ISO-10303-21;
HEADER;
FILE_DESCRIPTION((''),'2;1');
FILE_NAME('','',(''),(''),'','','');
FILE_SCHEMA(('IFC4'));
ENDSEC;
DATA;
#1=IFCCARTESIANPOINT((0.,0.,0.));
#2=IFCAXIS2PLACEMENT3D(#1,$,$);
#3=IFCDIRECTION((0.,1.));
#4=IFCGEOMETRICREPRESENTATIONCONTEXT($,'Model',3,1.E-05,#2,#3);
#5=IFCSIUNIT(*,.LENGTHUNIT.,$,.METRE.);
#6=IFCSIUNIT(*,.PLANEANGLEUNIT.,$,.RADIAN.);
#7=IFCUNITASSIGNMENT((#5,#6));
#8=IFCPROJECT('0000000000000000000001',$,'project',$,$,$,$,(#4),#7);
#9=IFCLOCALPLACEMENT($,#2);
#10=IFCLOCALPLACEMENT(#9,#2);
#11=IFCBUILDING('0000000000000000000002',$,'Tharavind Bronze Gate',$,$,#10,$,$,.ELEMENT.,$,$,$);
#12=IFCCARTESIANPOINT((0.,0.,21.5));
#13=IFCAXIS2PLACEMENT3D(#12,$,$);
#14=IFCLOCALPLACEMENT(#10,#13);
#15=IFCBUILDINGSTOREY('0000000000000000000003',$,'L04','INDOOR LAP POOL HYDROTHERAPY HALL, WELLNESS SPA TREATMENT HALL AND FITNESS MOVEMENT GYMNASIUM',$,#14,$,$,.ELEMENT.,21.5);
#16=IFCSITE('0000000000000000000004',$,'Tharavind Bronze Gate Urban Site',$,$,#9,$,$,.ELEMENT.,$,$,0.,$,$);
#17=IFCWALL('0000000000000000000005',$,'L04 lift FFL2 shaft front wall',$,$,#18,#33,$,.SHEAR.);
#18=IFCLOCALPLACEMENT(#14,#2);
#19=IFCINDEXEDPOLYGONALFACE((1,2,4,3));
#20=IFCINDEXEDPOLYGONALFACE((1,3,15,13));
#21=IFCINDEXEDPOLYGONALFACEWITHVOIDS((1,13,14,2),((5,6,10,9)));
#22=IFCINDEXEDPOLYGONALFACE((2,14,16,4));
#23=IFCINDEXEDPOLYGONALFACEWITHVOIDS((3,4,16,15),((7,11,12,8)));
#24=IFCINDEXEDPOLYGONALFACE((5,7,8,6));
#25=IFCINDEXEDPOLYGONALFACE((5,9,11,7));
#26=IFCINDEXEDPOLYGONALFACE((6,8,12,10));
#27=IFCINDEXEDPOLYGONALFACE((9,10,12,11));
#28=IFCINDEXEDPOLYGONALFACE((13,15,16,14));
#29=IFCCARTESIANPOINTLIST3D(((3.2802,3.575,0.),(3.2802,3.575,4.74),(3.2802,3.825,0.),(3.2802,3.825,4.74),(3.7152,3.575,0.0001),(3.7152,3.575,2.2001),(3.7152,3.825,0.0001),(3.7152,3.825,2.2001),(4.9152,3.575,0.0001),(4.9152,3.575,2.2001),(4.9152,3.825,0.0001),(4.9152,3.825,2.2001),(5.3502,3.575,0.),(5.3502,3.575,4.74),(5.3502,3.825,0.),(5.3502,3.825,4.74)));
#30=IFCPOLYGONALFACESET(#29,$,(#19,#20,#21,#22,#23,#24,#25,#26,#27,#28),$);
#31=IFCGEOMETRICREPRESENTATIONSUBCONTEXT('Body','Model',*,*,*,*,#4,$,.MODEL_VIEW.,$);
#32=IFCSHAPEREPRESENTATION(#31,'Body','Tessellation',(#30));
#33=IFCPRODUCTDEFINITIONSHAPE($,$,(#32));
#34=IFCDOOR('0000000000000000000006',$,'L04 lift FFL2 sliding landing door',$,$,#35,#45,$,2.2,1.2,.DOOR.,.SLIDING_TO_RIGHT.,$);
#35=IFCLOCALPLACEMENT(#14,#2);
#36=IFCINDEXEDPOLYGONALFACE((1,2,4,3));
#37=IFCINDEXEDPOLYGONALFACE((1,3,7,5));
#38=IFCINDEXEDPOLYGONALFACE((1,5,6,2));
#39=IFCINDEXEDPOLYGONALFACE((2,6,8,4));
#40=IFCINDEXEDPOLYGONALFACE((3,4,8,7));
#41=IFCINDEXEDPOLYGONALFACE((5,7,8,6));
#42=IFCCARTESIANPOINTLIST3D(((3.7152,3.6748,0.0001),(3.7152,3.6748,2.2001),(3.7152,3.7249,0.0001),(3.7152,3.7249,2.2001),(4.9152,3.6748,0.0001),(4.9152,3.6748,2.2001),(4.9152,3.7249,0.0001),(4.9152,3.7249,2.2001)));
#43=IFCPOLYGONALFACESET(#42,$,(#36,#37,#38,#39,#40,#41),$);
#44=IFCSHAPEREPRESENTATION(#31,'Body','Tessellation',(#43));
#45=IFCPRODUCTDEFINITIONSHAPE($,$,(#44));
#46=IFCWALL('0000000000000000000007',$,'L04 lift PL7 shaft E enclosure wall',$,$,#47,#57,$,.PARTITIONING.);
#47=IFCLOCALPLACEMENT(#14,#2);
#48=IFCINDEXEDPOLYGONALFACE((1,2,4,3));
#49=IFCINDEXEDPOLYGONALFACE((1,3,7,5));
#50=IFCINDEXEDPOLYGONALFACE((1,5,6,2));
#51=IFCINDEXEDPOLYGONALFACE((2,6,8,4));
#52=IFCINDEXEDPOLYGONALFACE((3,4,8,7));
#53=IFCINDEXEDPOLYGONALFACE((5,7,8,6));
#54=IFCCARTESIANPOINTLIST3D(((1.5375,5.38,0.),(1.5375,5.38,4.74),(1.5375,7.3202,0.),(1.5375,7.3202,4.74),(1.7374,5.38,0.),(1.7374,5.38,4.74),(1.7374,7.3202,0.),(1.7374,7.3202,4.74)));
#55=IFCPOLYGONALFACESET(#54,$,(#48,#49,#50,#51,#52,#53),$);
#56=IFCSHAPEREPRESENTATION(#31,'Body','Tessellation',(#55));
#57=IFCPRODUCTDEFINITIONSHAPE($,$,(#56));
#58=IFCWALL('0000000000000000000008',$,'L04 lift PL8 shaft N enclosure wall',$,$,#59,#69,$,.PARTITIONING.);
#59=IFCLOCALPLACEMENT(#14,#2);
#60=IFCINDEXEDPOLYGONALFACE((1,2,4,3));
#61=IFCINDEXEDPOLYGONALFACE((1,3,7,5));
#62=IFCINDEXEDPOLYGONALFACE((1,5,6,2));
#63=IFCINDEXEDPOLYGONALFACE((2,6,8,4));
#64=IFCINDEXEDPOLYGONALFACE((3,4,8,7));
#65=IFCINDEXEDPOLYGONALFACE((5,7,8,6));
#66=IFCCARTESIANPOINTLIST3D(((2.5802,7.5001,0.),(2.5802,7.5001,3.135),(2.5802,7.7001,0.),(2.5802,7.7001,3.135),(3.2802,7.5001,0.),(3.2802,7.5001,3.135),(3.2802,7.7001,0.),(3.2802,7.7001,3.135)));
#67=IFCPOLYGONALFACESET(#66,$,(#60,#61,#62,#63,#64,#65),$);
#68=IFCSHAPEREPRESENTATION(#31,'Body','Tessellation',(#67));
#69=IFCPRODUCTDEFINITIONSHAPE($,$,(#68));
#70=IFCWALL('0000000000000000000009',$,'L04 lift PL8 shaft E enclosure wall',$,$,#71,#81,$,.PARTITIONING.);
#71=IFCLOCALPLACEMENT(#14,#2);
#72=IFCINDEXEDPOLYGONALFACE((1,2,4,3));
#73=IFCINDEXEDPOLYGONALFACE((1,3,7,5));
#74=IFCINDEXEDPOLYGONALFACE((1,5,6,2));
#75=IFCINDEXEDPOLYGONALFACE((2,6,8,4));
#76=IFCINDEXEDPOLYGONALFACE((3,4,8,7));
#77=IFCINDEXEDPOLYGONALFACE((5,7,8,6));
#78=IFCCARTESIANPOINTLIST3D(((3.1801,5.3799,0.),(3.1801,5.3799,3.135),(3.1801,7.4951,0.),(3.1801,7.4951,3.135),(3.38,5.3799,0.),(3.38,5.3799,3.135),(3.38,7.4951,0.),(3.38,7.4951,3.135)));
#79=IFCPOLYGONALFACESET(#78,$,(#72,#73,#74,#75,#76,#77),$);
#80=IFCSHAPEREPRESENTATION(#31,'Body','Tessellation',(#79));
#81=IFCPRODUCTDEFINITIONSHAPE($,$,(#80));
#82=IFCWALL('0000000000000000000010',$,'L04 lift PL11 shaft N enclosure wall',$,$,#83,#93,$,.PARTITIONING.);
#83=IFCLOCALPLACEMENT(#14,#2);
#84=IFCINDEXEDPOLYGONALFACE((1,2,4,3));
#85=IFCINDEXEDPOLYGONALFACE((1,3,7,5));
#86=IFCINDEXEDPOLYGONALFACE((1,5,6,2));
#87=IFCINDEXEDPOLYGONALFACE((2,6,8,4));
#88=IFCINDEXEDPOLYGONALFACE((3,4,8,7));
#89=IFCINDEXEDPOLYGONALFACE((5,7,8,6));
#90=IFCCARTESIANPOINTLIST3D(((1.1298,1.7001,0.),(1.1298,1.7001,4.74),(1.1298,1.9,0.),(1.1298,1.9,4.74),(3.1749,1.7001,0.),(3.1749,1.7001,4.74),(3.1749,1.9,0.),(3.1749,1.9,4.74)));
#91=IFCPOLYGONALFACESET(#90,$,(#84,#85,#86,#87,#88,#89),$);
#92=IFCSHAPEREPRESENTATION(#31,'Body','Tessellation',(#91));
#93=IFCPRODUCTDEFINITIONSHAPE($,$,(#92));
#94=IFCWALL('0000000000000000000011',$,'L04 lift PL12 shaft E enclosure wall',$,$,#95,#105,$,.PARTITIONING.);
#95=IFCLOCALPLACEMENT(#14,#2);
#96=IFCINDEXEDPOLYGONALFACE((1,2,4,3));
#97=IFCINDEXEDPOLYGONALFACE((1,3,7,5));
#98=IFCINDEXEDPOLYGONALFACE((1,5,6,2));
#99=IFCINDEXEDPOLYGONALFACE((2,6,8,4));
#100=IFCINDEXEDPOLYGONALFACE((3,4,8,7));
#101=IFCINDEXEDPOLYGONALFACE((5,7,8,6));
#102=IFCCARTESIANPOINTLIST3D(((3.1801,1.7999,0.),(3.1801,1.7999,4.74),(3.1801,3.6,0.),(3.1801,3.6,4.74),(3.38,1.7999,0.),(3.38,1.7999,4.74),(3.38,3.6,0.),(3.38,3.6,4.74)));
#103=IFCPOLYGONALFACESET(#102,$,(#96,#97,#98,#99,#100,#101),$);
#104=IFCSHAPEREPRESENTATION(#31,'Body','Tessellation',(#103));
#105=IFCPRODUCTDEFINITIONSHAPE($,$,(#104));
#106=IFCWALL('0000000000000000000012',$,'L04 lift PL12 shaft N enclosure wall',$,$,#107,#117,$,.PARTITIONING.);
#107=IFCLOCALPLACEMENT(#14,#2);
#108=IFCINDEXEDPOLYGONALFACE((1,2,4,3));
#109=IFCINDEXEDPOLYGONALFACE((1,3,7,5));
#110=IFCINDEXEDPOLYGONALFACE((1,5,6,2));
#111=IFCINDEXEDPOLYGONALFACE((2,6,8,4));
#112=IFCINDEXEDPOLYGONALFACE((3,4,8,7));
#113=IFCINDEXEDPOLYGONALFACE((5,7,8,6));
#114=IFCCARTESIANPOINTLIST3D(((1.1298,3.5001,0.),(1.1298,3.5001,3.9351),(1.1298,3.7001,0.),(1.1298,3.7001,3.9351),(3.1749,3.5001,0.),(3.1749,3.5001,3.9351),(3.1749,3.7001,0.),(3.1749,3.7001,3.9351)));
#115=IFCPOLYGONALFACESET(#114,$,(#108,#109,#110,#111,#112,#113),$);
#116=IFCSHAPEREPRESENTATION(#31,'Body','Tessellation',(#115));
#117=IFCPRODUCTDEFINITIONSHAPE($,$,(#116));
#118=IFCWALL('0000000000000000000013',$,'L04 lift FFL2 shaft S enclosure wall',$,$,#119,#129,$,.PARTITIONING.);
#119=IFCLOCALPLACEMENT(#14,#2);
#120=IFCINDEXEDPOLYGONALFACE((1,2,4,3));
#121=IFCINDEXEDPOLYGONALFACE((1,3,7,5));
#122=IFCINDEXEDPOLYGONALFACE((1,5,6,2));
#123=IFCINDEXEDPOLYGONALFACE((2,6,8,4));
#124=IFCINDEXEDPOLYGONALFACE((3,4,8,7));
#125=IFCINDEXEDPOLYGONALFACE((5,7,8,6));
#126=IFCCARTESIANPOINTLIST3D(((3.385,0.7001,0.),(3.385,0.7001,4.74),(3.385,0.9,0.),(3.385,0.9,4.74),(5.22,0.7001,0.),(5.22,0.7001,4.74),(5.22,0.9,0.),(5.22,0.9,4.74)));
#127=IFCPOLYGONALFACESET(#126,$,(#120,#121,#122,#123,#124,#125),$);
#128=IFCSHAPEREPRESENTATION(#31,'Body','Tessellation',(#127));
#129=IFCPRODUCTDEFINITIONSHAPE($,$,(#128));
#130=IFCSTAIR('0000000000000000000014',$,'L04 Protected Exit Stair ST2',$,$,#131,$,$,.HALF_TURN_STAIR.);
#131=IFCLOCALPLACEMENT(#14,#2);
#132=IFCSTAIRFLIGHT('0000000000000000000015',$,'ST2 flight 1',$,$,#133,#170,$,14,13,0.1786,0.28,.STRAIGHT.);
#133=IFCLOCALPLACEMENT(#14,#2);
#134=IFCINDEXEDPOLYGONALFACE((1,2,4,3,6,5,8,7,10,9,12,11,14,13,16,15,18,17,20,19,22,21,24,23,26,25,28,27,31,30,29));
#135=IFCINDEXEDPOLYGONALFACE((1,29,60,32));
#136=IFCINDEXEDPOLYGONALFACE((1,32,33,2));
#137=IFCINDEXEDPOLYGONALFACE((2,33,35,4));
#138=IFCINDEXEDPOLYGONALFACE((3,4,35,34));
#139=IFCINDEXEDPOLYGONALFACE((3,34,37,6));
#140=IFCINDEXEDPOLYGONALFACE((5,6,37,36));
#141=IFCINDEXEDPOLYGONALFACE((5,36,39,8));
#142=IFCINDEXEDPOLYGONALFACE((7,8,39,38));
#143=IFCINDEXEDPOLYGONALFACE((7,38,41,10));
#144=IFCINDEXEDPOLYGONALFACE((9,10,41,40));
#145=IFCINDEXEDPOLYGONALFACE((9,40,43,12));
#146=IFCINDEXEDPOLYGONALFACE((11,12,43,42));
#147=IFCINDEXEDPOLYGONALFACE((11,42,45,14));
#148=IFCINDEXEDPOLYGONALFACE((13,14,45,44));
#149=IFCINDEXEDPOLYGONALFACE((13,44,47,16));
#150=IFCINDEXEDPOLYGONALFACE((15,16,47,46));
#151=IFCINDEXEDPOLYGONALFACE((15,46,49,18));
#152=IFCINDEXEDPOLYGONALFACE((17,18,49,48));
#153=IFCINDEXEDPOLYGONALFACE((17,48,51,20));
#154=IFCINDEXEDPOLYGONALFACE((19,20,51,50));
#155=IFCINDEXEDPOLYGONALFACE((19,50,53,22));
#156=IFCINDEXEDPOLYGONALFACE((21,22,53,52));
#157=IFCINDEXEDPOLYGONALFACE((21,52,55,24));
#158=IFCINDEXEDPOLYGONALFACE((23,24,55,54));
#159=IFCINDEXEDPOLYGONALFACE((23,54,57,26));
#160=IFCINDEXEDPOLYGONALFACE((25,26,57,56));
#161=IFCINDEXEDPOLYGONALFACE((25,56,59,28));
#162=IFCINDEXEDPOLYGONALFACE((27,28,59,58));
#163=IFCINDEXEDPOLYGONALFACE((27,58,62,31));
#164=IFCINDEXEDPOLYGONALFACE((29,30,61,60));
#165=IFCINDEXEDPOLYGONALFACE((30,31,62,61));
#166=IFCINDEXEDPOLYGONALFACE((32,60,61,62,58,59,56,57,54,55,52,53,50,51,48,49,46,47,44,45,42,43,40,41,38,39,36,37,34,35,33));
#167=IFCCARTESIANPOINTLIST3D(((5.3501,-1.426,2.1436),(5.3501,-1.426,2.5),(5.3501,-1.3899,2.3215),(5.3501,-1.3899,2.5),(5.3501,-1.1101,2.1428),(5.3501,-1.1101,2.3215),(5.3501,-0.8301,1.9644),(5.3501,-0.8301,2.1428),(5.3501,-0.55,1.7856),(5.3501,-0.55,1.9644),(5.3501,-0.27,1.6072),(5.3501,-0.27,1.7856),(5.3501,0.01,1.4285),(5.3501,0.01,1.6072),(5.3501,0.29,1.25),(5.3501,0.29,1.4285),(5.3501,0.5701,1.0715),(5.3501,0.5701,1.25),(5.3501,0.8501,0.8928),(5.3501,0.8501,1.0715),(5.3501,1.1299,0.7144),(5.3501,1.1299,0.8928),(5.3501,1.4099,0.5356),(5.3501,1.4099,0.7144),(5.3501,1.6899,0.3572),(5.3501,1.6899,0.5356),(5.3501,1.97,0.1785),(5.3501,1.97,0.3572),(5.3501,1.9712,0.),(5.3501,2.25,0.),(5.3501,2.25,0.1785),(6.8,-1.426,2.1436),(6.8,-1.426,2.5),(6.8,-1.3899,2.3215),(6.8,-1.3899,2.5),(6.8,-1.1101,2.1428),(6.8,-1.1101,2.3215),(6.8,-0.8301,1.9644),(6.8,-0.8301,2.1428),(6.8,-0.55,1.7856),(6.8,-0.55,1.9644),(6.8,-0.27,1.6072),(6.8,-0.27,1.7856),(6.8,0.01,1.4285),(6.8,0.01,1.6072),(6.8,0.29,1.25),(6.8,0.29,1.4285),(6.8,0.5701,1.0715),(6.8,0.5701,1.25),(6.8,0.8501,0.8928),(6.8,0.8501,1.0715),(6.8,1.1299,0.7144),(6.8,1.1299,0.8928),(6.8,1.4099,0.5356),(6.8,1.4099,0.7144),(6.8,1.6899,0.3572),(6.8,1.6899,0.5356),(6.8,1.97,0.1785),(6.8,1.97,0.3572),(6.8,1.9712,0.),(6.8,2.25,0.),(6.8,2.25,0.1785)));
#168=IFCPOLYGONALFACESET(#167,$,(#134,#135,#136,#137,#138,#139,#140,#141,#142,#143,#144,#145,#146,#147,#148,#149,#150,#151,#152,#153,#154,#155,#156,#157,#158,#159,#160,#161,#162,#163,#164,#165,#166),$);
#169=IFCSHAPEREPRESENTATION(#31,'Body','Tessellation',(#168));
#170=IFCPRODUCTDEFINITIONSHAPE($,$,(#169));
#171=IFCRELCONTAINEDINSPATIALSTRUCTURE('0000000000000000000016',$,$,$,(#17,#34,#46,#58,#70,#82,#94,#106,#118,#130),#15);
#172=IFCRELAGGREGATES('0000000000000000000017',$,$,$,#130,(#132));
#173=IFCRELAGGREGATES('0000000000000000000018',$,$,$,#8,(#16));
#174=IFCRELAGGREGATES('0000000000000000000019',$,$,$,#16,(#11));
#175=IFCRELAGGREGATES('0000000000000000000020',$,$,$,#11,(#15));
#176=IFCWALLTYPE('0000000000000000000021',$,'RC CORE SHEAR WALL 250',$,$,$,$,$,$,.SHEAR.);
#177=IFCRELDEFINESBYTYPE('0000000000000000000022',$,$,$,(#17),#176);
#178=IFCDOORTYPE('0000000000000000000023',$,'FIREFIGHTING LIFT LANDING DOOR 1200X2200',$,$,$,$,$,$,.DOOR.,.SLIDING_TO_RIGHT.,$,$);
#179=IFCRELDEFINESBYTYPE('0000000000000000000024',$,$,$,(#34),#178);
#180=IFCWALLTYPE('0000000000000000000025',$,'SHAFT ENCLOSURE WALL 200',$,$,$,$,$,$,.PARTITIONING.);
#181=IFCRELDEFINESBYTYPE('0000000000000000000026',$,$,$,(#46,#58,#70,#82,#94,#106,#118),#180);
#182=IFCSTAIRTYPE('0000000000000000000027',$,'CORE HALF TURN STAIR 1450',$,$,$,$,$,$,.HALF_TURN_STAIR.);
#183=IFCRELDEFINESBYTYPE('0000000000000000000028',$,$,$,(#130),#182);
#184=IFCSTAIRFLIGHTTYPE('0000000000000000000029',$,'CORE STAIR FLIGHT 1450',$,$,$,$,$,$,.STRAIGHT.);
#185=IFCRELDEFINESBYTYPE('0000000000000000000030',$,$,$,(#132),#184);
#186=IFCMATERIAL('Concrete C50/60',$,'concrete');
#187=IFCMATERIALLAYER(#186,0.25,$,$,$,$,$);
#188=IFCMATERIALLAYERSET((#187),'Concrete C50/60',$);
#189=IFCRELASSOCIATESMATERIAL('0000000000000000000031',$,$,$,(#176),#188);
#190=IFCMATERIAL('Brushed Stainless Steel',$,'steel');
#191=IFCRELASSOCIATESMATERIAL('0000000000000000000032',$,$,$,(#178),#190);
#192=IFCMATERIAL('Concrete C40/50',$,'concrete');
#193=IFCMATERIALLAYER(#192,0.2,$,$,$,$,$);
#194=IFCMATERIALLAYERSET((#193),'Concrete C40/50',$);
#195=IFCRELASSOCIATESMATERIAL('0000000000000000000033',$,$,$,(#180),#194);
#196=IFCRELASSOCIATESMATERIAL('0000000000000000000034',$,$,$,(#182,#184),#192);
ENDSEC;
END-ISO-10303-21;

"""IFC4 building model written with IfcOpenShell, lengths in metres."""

from ifc_helpers import new_model, si_unit, direction, frame, frame_2d, origin, place, context, subcontext, project, spatial, polyline, rectangle, outline, extrude, material, layer, layer_set, type_object, element, fill, aggregate, save


model = new_model("IFC4")

# Units and contexts
model_context = context("Model", 3, precision=1e-05, world=origin(), true_north=direction((0.0, 1.0)))
body_context = subcontext(model_context, "Body", "Model", "MODEL_VIEW")
ifc_project = project(units=[si_unit("LENGTHUNIT", "METRE"), si_unit("PLANEANGLEUNIT", "RADIAN")], contexts=[model_context])

# Site, building, storey
site_placement = place(None, origin())
site = spatial("IfcSite", under=ifc_project, at=site_placement, Name="Tharavind Bronze Gate Urban Site", CompositionType="ELEMENT", RefElevation=0.0)
building_placement = place(site_placement, origin())
building = spatial("IfcBuilding", under=site, at=building_placement, Name="Tharavind Bronze Gate", CompositionType="ELEMENT")
storey_placement = place(building_placement, frame((0.0, 0.0, 21.5)))
storey = spatial("IfcBuildingStorey", under=building, at=storey_placement, Name="L04", Description="INDOOR LAP POOL HYDROTHERAPY HALL, WELLNESS SPA TREATMENT HALL AND FITNESS MOVEMENT GYMNASIUM", CompositionType="ELEMENT", Elevation=21.5)

# Shared definitions
ifc_material_1 = material(Name="Concrete C50/60", Category="concrete")
ifc_layer_1 = layer(ifc_material_1, 0.25)
ifc_layer_set_1 = layer_set([ifc_layer_1], Name="Concrete C50/60")
wall_type_1 = type_object("IfcWallType", Name="RC CORE SHEAR WALL 250", PredefinedType="SHEAR", material=ifc_layer_set_1)

# Wall, opening, door
wall_1_placement = place(storey_placement, frame((3.28, 3.7, 0.0), z_axis=(0.0, 0.0, 1.0), x_axis=(1.0, 0.0, 0.0)))
wall_1 = element("IfcWall", 1, at=wall_1_placement, inside=storey, type_object=wall_type_1, Name="L04 lift FFL2 shaft front wall", PredefinedType="SHEAR", context=body_context, shape_type="SweptSolid", body=[
    extrude(rectangle(XDim=2.0701, YDim=0.25, at=frame_2d((1.0352, 0.0))), origin(), (0.0, 0.0, 1.0), 4.74),
])
opening_1_placement = place(wall_1_placement, frame((0.4351, 0.0, 0.0)))
opening_1 = element("IfcOpeningElement", 2, at=opening_1_placement, cuts=wall_1, PredefinedType="OPENING", context=body_context, shape_type="SweptSolid", body=[
    extrude(rectangle(XDim=1.2, YDim=2.2, at=frame_2d((0.6001, 1.1001))), frame((0.0, 0.135, 0.0), z_axis=(0.0, -1.0, 0.0), x_axis=(1.0, 0.0, 0.0)), (0.0, 0.0, 1.0), 0.27),
])
ifc_material_2 = material(Name="Brushed Stainless Steel", Category="steel")
door_type_1 = type_object("IfcDoorType", Name="FIREFIGHTING LIFT LANDING DOOR 1200X2200", OperationType="SLIDING_TO_RIGHT", PredefinedType="DOOR", material=ifc_material_2)
door_1_placement = place(opening_1_placement, origin())
door_1 = element("IfcDoor", 3, at=door_1_placement, inside=storey, type_object=door_type_1, Name="L04 lift FFL2 sliding landing door", OperationType="SLIDING_TO_RIGHT", OverallHeight=2.2, OverallWidth=1.2, PredefinedType="DOOR", context=body_context, shape_type="SweptSolid", body=[
    extrude(rectangle(XDim=1.2, YDim=2.2, at=frame_2d((0.6001, 1.1001))), frame((0.0, 0.0249, 0.0), z_axis=(0.0, -1.0, 0.0), x_axis=(1.0, 0.0, 0.0)), (0.0, 0.0, 1.0), 0.05),
])
fill(opening_1, door_1)

# Walls
ifc_material_3 = material(Name="Concrete C40/50", Category="concrete")
ifc_layer_2 = layer(ifc_material_3, 0.2)
ifc_layer_set_2 = layer_set([ifc_layer_2], Name="Concrete C40/50")
wall_type_2 = type_object("IfcWallType", Name="SHAFT ENCLOSURE WALL 200", PredefinedType="PARTITIONING", material=ifc_layer_set_2)
wall_2_placement = place(storey_placement, frame((1.6375, 5.3799, 0.0), z_axis=(0.0, 0.0, 1.0), x_axis=(0.0, 1.0, 0.0)))
element("IfcWall", 4, at=wall_2_placement, inside=storey, type_object=wall_type_2, Name="L04 lift PL7 shaft E enclosure wall", PredefinedType="PARTITIONING", context=body_context, shape_type="SweptSolid", body=[
    extrude(rectangle(XDim=1.9402, YDim=0.2, at=frame_2d((0.9702, 0.0))), origin(), (0.0, 0.0, 1.0), 4.74),
])
wall_3_placement = place(storey_placement, frame((2.5801, 7.6001, 0.0), z_axis=(0.0, 0.0, 1.0), x_axis=(1.0, 0.0, 0.0)))
element("IfcWall", 5, at=wall_3_placement, inside=storey, type_object=wall_type_2, Name="L04 lift PL8 shaft N enclosure wall", PredefinedType="PARTITIONING", context=body_context, shape_type="SweptSolid", body=[
    extrude(rectangle(XDim=0.7, YDim=0.2, at=frame_2d((0.3501, 0.0))), origin(), (0.0, 0.0, 1.0), 3.135),
])
wall_4_placement = place(storey_placement, frame((3.28, 5.3799, 0.0), z_axis=(0.0, 0.0, 1.0), x_axis=(0.0, 1.0, 0.0)))
element("IfcWall", 6, at=wall_4_placement, inside=storey, type_object=wall_type_2, Name="L04 lift PL8 shaft E enclosure wall", PredefinedType="PARTITIONING", context=body_context, shape_type="SweptSolid", body=[
    extrude(rectangle(XDim=2.1152, YDim=0.2, at=frame_2d((1.0576, 0.0))), origin(), (0.0, 0.0, 1.0), 3.135),
])
wall_5_placement = place(storey_placement, frame((1.1299, 1.8, 0.0), z_axis=(0.0, 0.0, 1.0), x_axis=(1.0, 0.0, 0.0)))
element("IfcWall", 7, at=wall_5_placement, inside=storey, type_object=wall_type_2, Name="L04 lift PL11 shaft N enclosure wall", PredefinedType="PARTITIONING", context=body_context, shape_type="SweptSolid", body=[
    extrude(rectangle(XDim=2.0452, YDim=0.2, at=frame_2d((1.0225, 0.0))), origin(), (0.0, 0.0, 1.0), 4.74),
])
wall_6_placement = place(storey_placement, frame((3.28, 1.8, 0.0), z_axis=(0.0, 0.0, 1.0), x_axis=(0.0, 1.0, 0.0)))
element("IfcWall", 8, at=wall_6_placement, inside=storey, type_object=wall_type_2, Name="L04 lift PL12 shaft E enclosure wall", PredefinedType="PARTITIONING", context=body_context, shape_type="SweptSolid", body=[
    extrude(rectangle(XDim=1.8, YDim=0.2, at=frame_2d((0.8999, 0.0))), origin(), (0.0, 0.0, 1.0), 4.74),
])
wall_7_placement = place(storey_placement, frame((1.1299, 3.6001, 0.0), z_axis=(0.0, 0.0, 1.0), x_axis=(1.0, 0.0, 0.0)))
element("IfcWall", 9, at=wall_7_placement, inside=storey, type_object=wall_type_2, Name="L04 lift PL12 shaft N enclosure wall", PredefinedType="PARTITIONING", context=body_context, shape_type="SweptSolid", body=[
    extrude(rectangle(XDim=2.0452, YDim=0.2, at=frame_2d((1.0225, 0.0))), origin(), (0.0, 0.0, 1.0), 3.9351),
])
wall_8_placement = place(storey_placement, frame((3.385, 0.8, 0.0), z_axis=(0.0, 0.0, 1.0), x_axis=(1.0, 0.0, 0.0)))
element("IfcWall", 10, at=wall_8_placement, inside=storey, type_object=wall_type_2, Name="L04 lift FFL2 shaft S enclosure wall", PredefinedType="PARTITIONING", context=body_context, shape_type="SweptSolid", body=[
    extrude(rectangle(XDim=1.835, YDim=0.2, at=frame_2d((0.9175, 0.0))), origin(), (0.0, 0.0, 1.0), 4.74),
])

# Stair, stair flight
stair_type = type_object("IfcStairType", Name="CORE HALF TURN STAIR 1450", PredefinedType="HALF_TURN_STAIR", material=ifc_material_3)
stair_placement = place(storey_placement, origin())
stair = element("IfcStair", 11, at=stair_placement, inside=storey, type_object=stair_type, Name="L04 Protected Exit Stair ST2", PredefinedType="HALF_TURN_STAIR")
stair_flight_type = type_object("IfcStairFlightType", Name="CORE STAIR FLIGHT 1450", PredefinedType="STRAIGHT", material=ifc_material_3)
stair_flight_placement = place(storey_placement, frame((6.075, 2.25, 0.0), z_axis=(0.0, 0.0, 1.0), x_axis=(0.0, -1.0, 0.0)))
stair_flight = element("IfcStairFlight", 12, at=stair_flight_placement, type_object=stair_flight_type, Name="ST2 flight 1", NumberOfRisers=14, NumberOfTreads=13, PredefinedType="STRAIGHT", RiserHeight=0.1786, TreadLength=0.28, context=body_context, shape_type="SweptSolid", body=[
    extrude(outline(polyline([(0.0, 0.0), (0.0, 0.1785), (0.28, 0.1785), (0.28, 0.3572), (0.5601, 0.3572), (0.5601, 0.5356), (0.8401, 0.5356), (0.8401, 0.7144), (1.1201, 0.7144), (1.1201, 0.8928), (1.3999, 0.8928), (1.3999, 1.0715), (1.6799, 1.0715), (1.6799, 1.25), (1.96, 1.25), (1.96, 1.4285), (2.24, 1.4285), (2.24, 1.6072), (2.52, 1.6072), (2.52, 1.7856), (2.8, 1.7856), (2.8, 1.9644), (3.0801, 1.9644), (3.0801, 2.1428), (3.3601, 2.1428), (3.3601, 2.3215), (3.6399, 2.3215), (3.6399, 2.5), (3.676, 2.5), (3.676, 2.1436), (0.2788, 0.0), (0.0, 0.0)])), frame((0.0, 0.7251, 0.0), z_axis=(0.0, -1.0, 0.0), x_axis=(1.0, 0.0, 0.0)), (0.0, 0.0, 1.0), 1.45),
])
aggregate(stair, [stair_flight])

save(model, "model.ifc")
